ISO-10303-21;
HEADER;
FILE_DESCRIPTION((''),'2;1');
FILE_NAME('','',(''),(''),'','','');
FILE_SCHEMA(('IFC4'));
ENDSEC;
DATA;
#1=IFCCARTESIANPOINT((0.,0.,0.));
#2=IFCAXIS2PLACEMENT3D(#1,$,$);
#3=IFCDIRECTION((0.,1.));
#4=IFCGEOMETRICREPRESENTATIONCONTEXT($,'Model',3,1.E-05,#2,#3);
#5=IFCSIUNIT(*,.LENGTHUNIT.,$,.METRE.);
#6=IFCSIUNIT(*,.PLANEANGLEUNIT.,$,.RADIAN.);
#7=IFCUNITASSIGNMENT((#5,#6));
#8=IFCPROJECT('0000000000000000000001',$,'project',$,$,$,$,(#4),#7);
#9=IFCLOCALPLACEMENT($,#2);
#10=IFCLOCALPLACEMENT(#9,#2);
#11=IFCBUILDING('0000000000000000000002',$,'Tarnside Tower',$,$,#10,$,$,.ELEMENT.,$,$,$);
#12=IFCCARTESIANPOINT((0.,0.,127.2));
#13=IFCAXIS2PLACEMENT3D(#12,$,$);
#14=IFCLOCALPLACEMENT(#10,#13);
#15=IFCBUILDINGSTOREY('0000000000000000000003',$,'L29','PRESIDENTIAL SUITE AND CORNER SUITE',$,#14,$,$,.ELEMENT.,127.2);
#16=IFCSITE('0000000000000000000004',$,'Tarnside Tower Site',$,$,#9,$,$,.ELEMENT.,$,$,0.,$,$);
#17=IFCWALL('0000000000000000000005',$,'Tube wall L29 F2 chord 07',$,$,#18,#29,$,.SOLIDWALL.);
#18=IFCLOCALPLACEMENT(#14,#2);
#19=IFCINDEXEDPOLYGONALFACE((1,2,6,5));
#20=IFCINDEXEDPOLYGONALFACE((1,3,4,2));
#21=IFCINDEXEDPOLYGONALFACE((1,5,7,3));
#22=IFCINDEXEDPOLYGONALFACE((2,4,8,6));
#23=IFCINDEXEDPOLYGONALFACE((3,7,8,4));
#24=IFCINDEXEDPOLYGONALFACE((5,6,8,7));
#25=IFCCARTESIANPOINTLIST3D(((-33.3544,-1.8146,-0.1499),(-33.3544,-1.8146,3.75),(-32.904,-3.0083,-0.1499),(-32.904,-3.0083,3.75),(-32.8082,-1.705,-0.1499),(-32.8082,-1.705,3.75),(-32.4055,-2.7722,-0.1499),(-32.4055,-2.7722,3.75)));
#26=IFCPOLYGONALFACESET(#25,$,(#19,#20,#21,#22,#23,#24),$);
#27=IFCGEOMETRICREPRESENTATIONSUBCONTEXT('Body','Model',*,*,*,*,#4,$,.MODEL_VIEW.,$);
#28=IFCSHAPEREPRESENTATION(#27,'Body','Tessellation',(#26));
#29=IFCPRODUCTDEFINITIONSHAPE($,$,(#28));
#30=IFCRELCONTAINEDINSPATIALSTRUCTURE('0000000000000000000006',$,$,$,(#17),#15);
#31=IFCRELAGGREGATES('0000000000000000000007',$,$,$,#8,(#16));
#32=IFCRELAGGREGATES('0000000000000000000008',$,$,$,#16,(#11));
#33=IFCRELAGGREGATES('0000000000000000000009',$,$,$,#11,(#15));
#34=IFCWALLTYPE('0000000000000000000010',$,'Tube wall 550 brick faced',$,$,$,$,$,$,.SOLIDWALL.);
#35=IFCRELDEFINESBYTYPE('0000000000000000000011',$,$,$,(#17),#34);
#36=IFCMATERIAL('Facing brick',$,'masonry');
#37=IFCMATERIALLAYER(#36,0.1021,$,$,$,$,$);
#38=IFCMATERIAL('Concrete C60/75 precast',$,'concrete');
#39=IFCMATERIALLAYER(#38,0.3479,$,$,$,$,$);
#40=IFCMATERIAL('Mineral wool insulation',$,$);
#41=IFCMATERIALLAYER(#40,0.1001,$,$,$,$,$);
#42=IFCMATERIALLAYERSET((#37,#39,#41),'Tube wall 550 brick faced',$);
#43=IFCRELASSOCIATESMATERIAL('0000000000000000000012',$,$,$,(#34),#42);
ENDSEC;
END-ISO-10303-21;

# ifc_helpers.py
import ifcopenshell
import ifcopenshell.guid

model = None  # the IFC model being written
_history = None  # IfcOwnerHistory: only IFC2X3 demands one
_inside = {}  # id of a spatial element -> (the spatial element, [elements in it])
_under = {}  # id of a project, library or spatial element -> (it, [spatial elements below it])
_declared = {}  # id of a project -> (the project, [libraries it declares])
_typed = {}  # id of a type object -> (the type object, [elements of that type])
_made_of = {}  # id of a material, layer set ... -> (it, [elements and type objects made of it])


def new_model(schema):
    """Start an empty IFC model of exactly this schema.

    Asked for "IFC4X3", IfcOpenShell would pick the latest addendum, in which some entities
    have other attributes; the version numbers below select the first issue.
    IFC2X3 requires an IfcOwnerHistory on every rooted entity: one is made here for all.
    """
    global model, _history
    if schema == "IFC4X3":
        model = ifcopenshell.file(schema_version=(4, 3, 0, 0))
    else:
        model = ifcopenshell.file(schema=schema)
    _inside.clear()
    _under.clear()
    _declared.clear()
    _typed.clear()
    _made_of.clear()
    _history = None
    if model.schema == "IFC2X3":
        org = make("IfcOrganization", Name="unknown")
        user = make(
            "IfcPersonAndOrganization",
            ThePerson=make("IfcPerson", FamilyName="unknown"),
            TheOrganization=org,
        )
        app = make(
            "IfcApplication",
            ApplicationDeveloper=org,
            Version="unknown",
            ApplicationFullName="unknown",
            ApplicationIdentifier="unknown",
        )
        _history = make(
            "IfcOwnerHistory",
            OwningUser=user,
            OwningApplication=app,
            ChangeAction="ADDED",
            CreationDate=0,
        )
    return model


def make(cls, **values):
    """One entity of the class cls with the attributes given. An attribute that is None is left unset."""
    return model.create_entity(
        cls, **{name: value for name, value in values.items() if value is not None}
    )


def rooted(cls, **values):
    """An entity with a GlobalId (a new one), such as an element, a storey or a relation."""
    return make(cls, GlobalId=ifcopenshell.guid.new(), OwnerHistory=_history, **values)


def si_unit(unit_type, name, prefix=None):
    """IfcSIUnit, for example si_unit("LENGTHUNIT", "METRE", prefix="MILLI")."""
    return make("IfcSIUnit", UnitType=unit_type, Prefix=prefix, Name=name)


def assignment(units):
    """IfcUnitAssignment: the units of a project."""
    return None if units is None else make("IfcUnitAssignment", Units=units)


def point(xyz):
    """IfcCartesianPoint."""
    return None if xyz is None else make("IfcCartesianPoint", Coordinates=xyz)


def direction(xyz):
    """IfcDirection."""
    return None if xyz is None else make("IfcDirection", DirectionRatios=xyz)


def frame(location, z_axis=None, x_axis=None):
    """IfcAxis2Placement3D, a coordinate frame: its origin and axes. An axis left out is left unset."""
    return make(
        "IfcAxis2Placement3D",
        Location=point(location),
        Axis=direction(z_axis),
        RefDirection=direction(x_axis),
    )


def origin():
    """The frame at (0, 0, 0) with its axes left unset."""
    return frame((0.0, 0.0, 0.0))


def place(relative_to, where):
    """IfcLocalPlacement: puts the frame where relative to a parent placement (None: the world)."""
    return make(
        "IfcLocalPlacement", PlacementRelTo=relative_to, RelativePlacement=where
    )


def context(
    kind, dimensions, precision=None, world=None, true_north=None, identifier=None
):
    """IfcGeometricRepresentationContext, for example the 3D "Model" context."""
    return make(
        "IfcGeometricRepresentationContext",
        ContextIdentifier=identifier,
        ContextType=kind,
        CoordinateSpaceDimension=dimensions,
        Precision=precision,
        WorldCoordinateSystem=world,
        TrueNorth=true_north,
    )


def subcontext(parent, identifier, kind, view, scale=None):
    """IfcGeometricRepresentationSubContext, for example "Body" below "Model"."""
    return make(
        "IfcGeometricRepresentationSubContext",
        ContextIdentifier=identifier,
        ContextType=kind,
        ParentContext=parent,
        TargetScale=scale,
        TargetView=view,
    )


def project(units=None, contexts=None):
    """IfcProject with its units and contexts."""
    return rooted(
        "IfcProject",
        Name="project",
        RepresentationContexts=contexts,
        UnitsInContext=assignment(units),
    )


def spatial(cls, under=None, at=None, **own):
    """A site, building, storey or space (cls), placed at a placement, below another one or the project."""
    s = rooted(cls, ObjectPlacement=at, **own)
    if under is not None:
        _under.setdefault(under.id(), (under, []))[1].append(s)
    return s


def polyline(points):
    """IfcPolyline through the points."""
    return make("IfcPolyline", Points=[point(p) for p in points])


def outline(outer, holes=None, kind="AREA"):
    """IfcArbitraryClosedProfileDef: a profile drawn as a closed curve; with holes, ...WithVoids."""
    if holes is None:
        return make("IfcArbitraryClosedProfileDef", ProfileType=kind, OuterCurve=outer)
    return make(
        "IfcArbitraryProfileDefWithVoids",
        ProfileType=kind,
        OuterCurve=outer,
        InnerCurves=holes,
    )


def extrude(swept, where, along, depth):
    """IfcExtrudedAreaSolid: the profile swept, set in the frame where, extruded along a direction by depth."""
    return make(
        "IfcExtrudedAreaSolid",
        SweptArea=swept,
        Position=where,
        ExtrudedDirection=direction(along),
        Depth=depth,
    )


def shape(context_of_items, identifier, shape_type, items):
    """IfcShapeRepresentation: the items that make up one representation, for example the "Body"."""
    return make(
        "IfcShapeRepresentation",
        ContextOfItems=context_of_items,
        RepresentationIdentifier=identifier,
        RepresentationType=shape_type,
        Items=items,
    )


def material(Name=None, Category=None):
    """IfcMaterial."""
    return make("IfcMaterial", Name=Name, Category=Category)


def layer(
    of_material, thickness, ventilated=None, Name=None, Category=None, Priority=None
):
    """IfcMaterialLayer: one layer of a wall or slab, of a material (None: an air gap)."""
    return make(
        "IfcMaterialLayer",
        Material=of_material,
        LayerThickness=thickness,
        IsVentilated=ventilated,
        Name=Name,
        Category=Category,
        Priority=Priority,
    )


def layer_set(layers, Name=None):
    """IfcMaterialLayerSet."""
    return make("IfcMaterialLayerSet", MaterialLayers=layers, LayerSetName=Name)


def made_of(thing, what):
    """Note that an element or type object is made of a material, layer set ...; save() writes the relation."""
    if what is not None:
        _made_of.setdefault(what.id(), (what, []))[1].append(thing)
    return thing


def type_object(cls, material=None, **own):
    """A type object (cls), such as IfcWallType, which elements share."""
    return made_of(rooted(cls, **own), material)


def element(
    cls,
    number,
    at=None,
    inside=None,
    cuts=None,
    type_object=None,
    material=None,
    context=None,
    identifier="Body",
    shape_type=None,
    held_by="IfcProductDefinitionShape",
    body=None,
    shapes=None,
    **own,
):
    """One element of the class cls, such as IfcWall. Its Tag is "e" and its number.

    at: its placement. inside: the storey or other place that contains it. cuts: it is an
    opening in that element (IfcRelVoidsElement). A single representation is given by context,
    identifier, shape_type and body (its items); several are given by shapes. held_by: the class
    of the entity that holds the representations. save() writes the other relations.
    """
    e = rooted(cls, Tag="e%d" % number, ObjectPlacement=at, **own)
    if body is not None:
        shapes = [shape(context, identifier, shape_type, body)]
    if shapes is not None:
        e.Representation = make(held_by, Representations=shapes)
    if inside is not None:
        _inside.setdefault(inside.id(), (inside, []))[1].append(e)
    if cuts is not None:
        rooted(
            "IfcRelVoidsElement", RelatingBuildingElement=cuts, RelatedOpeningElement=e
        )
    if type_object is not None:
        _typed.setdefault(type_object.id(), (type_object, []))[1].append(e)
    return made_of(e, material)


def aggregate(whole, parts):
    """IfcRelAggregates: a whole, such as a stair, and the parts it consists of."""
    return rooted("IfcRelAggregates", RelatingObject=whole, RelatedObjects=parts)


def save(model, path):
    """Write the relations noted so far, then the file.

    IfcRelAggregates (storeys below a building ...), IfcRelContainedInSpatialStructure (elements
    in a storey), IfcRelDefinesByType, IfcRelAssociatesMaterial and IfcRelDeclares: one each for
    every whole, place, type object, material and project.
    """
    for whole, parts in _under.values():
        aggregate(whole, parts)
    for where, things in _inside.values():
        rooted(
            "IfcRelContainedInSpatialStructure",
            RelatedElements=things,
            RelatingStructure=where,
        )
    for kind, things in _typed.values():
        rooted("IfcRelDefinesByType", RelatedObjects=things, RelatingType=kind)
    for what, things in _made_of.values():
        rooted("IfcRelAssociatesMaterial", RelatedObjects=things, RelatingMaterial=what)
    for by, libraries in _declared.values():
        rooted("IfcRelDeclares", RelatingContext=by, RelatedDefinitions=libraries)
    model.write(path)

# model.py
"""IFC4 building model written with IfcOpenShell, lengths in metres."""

from ifc_helpers import new_model, si_unit, direction, frame, origin, place, context, subcontext, project, spatial, polyline, outline, extrude, material, layer, layer_set, type_object, element, save


model = new_model("IFC4")

# Units and contexts
model_context = context("Model", 3, precision=1e-05, world=origin(), true_north=direction((0.0, 1.0)))
body_context = subcontext(model_context, "Body", "Model", "MODEL_VIEW")
ifc_project = project(units=[si_unit("LENGTHUNIT", "METRE"), si_unit("PLANEANGLEUNIT", "RADIAN")], contexts=[model_context])

# Site, building, storey
site_placement = place(None, origin())
site = spatial("IfcSite", under=ifc_project, at=site_placement, Name="Tarnside Tower Site", CompositionType="ELEMENT", RefElevation=0.0)
building_placement = place(site_placement, origin())
building = spatial("IfcBuilding", under=site, at=building_placement, Name="Tarnside Tower", CompositionType="ELEMENT")
storey_placement = place(building_placement, frame((0.0, 0.0, 127.2)))
storey = spatial("IfcBuildingStorey", under=building, at=storey_placement, Name="L29", Description="PRESIDENTIAL SUITE AND CORNER SUITE", CompositionType="ELEMENT", Elevation=127.2)

# Wall
ifc_material_1 = material(Name="Facing brick", Category="masonry")
ifc_layer_1 = layer(ifc_material_1, 0.1021)
ifc_material_2 = material(Name="Concrete C60/75 precast", Category="concrete")
ifc_layer_2 = layer(ifc_material_2, 0.3479)
ifc_material_3 = material(Name="Mineral wool insulation")
ifc_layer_3 = layer(ifc_material_3, 0.1001)
ifc_layer_set_1 = layer_set([ifc_layer_1, ifc_layer_2, ifc_layer_3], Name="Tube wall 550 brick faced")
wall_type_1 = type_object("IfcWallType", Name="Tube wall 550 brick faced", PredefinedType="SOLIDWALL", material=ifc_layer_set_1)
wall_1_placement = place(storey_placement, frame((-33.0813, -1.7598, -0.1499), z_axis=(0.0, 0.0, 1.0), x_axis=(0.353027, -0.935613, 0.0)))
element("IfcWall", 1, at=wall_1_placement, inside=storey, type_object=wall_type_1, Name="Tube wall L29 F2 chord 07", PredefinedType="SOLIDWALL", context=body_context, shape_type="SweptSolid", body=[
    extrude(outline(polyline([(-0.0452, -0.2749), (1.2307, -0.2749), (1.1858, 0.2749), (0.0452, 0.2749), (-0.0452, -0.2749)])), origin(), (0.0, 0.0, 1.0), 3.8999),
])

save(model, "model.ifc")
